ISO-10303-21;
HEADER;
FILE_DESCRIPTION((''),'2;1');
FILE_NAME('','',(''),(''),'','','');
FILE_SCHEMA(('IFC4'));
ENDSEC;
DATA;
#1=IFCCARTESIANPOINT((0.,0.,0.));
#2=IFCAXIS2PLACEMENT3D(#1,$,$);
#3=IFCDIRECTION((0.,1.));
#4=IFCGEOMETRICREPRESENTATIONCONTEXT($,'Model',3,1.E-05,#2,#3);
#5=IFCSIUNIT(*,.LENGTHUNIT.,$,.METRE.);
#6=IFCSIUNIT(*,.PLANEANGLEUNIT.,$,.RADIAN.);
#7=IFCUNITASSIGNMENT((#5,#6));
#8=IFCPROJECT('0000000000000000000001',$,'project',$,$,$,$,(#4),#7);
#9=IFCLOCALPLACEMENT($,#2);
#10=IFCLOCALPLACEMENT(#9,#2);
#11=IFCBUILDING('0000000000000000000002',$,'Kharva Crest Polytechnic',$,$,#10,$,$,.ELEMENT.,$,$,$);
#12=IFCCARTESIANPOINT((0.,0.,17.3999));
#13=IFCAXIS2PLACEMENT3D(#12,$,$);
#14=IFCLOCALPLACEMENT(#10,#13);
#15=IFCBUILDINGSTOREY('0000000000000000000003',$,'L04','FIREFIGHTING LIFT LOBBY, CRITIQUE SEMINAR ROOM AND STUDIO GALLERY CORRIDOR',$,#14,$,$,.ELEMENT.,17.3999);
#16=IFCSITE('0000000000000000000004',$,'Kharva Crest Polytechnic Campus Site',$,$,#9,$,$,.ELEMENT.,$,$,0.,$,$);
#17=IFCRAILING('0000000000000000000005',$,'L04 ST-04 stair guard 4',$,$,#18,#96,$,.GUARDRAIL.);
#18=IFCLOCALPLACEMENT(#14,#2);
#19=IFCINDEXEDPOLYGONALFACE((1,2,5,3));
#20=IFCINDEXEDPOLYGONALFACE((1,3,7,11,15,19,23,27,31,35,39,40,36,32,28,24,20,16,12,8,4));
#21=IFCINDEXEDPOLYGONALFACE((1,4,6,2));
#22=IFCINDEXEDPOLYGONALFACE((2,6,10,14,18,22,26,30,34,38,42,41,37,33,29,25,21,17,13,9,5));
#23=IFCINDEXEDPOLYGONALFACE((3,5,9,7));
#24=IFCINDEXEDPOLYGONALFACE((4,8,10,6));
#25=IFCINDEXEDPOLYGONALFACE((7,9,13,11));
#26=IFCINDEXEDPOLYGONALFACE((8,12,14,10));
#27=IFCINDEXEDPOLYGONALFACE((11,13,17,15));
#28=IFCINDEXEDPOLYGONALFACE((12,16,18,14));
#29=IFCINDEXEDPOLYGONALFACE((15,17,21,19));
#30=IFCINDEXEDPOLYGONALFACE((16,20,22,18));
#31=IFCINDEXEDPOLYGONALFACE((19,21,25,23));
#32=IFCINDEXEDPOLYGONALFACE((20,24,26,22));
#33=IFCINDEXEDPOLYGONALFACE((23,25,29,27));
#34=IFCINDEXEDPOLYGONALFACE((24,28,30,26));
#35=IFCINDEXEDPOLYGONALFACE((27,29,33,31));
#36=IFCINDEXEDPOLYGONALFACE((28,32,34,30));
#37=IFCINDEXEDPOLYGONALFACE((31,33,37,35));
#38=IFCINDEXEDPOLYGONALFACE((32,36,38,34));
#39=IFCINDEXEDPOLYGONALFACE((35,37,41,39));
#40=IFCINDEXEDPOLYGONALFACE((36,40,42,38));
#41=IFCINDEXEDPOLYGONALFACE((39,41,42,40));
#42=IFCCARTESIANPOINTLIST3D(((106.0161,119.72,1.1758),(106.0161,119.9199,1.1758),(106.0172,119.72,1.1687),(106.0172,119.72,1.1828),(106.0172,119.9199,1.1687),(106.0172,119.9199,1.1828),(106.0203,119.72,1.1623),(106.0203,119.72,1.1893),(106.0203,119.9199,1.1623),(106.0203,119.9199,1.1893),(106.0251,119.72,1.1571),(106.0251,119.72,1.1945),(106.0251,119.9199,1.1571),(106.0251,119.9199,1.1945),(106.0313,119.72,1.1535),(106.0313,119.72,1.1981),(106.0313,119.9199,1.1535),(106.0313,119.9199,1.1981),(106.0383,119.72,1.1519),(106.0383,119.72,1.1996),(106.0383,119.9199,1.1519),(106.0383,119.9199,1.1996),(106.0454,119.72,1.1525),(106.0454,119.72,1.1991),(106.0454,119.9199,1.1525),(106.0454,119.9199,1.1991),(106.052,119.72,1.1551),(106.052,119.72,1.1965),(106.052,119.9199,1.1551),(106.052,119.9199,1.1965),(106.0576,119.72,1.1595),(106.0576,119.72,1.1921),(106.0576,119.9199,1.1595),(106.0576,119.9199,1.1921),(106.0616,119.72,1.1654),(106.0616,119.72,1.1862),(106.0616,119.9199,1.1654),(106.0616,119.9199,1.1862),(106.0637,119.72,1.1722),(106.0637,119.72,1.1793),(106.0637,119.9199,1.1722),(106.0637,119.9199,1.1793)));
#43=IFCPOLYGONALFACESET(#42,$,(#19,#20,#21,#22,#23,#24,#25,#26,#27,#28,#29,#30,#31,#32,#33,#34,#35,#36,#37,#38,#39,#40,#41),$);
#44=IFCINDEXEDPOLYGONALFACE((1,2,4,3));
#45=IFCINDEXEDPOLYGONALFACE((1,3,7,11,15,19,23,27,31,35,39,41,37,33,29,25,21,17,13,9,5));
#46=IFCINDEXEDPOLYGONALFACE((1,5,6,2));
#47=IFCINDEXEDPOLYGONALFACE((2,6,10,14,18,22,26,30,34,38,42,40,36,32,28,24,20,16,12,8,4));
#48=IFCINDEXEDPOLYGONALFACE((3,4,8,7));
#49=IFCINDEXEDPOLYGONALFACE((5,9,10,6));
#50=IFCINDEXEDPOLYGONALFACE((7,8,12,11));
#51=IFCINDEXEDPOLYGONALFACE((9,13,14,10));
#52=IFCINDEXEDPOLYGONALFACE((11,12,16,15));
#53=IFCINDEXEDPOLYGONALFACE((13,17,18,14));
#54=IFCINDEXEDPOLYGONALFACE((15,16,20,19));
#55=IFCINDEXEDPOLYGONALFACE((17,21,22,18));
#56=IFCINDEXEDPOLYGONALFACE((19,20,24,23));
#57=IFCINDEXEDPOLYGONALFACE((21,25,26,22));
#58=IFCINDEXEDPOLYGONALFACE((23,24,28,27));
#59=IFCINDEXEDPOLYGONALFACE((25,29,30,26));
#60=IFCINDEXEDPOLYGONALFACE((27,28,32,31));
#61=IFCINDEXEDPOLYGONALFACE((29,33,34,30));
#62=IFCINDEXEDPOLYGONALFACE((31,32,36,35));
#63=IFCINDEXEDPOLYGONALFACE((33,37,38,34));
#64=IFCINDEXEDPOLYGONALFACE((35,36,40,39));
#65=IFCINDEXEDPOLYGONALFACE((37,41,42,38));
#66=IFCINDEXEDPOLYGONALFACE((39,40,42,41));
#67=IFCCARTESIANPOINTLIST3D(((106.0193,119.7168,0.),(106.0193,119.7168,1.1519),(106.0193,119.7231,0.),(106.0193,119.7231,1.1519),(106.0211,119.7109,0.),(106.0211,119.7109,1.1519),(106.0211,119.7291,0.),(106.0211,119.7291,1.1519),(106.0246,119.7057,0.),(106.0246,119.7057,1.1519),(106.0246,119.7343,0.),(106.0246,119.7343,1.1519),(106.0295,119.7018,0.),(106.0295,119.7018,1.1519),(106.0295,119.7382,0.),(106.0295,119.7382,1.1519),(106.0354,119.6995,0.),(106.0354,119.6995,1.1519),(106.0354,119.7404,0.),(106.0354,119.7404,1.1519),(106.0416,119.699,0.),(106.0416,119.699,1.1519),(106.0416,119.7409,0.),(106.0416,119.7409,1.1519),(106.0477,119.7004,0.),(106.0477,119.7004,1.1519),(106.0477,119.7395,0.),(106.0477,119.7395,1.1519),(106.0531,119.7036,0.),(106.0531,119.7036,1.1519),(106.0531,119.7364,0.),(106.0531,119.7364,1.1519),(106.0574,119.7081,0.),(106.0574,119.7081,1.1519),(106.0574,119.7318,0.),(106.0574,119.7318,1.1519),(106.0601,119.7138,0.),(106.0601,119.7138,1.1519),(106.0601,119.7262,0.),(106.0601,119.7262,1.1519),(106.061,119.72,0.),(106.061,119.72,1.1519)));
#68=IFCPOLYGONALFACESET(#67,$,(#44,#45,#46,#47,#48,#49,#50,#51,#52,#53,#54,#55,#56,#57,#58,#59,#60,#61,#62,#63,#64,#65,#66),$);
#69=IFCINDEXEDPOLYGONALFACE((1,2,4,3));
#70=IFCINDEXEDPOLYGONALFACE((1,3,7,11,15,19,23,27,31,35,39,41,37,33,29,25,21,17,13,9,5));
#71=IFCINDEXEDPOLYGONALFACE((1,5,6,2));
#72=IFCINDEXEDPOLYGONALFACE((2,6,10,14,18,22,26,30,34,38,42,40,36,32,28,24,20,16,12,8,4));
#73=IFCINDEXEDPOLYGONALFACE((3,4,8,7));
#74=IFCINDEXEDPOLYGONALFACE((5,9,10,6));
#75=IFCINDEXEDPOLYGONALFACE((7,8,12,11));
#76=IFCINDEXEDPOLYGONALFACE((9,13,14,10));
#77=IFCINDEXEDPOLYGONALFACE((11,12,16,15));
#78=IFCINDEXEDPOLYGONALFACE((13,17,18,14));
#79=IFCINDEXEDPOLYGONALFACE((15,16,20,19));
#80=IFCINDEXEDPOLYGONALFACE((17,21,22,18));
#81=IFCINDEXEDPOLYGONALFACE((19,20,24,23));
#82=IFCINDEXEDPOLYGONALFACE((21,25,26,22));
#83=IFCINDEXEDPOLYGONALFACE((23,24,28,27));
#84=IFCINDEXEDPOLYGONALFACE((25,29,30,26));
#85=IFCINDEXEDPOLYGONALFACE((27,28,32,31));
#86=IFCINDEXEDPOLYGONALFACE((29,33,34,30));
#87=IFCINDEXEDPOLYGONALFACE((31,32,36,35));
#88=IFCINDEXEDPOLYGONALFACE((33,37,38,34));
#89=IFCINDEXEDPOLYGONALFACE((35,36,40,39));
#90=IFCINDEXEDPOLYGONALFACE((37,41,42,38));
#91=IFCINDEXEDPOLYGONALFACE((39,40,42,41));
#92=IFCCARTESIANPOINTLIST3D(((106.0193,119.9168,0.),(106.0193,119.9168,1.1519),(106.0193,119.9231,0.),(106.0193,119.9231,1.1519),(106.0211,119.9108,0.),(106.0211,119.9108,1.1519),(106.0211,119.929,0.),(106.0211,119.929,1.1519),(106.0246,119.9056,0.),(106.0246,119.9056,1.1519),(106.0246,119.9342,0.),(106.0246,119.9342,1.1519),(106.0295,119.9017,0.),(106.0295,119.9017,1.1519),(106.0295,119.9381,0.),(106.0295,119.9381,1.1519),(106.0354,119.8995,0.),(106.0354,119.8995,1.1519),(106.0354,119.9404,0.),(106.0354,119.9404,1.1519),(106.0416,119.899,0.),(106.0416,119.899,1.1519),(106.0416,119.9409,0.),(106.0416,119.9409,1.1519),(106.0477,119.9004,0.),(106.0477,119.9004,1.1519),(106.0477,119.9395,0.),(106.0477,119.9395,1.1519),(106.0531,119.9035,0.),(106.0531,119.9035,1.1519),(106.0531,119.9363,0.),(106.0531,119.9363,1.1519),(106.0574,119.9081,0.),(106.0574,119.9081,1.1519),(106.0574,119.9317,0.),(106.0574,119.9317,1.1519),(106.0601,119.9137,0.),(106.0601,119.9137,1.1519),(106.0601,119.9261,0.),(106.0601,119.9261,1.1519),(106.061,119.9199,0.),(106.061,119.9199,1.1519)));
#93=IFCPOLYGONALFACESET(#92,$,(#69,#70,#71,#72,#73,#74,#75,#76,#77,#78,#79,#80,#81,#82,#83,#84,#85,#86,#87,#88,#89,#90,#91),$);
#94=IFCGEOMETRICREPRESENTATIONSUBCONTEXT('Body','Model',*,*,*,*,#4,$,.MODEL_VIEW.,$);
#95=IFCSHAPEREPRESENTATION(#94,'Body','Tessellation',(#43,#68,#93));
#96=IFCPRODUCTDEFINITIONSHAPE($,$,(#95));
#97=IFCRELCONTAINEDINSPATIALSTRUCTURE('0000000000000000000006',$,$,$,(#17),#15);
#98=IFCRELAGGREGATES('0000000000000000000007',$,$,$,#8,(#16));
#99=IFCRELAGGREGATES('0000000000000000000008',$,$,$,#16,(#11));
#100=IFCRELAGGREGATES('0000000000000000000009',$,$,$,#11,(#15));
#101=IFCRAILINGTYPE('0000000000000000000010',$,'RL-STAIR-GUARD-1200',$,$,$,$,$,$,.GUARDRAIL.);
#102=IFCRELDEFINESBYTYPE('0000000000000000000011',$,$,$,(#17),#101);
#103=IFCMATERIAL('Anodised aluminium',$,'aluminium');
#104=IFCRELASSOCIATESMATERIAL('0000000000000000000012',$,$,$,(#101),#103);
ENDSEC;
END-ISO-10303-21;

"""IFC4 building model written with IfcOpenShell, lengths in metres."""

from ifc_helpers import new_model, si_unit, direction, frame, origin, origin_2d, place, context, subcontext, project, spatial, circle, extrude, material, type_object, element, save


model = new_model("IFC4")

# Units and contexts
model_context = context("Model", 3, precision=1e-05, world=origin(), true_north=direction((0.0, 1.0)))
body_context = subcontext(model_context, "Body", "Model", "MODEL_VIEW")
ifc_project = project(units=[si_unit("LENGTHUNIT", "METRE"), si_unit("PLANEANGLEUNIT", "RADIAN")], contexts=[model_context])

# Site, building, storey
site_placement = place(None, origin())
site = spatial("IfcSite", under=ifc_project, at=site_placement, Name="Kharva Crest Polytechnic Campus Site", CompositionType="ELEMENT", RefElevation=0.0)
building_placement = place(site_placement, origin())
building = spatial("IfcBuilding", under=site, at=building_placement, Name="Kharva Crest Polytechnic", CompositionType="ELEMENT")
storey_placement = place(building_placement, frame((0.0, 0.0, 17.3999)))
storey = spatial("IfcBuildingStorey", under=building, at=storey_placement, Name="L04", Description="FIREFIGHTING LIFT LOBBY, CRITIQUE SEMINAR ROOM AND STUDIO GALLERY CORRIDOR", CompositionType="ELEMENT", Elevation=17.3999)

# Railing
ifc_material_1 = material(Name="Anodised aluminium", Category="aluminium")
railing_type_1 = type_object("IfcRailingType", Name="RL-STAIR-GUARD-1200", PredefinedType="GUARDRAIL", material=ifc_material_1)
railing_1_placement = place(storey_placement, frame((106.04, 119.72, 0.0)))
element("IfcRailing", 1, at=railing_1_placement, inside=storey, type_object=railing_type_1, Name="L04 ST-04 stair guard 4", PredefinedType="GUARDRAIL", context=body_context, shape_type="SweptSolid", body=[
    extrude(circle(Radius=0.0239, at=origin_2d()), frame((0.0, 0.0, 1.1758), z_axis=(0.0, 1.0, 0.0), x_axis=(-1.0, 0.0, 0.0)), (0.0, 0.0, 1.0), 0.2),
    extrude(circle(Radius=0.021, at=origin_2d()), origin(), (0.0, 0.0, 1.0), 1.1519),
    extrude(circle(Radius=0.021, at=origin_2d()), frame((0.0, 0.2, 0.0)), (0.0, 0.0, 1.0), 1.1519),
])

save(model, "model.ifc")
